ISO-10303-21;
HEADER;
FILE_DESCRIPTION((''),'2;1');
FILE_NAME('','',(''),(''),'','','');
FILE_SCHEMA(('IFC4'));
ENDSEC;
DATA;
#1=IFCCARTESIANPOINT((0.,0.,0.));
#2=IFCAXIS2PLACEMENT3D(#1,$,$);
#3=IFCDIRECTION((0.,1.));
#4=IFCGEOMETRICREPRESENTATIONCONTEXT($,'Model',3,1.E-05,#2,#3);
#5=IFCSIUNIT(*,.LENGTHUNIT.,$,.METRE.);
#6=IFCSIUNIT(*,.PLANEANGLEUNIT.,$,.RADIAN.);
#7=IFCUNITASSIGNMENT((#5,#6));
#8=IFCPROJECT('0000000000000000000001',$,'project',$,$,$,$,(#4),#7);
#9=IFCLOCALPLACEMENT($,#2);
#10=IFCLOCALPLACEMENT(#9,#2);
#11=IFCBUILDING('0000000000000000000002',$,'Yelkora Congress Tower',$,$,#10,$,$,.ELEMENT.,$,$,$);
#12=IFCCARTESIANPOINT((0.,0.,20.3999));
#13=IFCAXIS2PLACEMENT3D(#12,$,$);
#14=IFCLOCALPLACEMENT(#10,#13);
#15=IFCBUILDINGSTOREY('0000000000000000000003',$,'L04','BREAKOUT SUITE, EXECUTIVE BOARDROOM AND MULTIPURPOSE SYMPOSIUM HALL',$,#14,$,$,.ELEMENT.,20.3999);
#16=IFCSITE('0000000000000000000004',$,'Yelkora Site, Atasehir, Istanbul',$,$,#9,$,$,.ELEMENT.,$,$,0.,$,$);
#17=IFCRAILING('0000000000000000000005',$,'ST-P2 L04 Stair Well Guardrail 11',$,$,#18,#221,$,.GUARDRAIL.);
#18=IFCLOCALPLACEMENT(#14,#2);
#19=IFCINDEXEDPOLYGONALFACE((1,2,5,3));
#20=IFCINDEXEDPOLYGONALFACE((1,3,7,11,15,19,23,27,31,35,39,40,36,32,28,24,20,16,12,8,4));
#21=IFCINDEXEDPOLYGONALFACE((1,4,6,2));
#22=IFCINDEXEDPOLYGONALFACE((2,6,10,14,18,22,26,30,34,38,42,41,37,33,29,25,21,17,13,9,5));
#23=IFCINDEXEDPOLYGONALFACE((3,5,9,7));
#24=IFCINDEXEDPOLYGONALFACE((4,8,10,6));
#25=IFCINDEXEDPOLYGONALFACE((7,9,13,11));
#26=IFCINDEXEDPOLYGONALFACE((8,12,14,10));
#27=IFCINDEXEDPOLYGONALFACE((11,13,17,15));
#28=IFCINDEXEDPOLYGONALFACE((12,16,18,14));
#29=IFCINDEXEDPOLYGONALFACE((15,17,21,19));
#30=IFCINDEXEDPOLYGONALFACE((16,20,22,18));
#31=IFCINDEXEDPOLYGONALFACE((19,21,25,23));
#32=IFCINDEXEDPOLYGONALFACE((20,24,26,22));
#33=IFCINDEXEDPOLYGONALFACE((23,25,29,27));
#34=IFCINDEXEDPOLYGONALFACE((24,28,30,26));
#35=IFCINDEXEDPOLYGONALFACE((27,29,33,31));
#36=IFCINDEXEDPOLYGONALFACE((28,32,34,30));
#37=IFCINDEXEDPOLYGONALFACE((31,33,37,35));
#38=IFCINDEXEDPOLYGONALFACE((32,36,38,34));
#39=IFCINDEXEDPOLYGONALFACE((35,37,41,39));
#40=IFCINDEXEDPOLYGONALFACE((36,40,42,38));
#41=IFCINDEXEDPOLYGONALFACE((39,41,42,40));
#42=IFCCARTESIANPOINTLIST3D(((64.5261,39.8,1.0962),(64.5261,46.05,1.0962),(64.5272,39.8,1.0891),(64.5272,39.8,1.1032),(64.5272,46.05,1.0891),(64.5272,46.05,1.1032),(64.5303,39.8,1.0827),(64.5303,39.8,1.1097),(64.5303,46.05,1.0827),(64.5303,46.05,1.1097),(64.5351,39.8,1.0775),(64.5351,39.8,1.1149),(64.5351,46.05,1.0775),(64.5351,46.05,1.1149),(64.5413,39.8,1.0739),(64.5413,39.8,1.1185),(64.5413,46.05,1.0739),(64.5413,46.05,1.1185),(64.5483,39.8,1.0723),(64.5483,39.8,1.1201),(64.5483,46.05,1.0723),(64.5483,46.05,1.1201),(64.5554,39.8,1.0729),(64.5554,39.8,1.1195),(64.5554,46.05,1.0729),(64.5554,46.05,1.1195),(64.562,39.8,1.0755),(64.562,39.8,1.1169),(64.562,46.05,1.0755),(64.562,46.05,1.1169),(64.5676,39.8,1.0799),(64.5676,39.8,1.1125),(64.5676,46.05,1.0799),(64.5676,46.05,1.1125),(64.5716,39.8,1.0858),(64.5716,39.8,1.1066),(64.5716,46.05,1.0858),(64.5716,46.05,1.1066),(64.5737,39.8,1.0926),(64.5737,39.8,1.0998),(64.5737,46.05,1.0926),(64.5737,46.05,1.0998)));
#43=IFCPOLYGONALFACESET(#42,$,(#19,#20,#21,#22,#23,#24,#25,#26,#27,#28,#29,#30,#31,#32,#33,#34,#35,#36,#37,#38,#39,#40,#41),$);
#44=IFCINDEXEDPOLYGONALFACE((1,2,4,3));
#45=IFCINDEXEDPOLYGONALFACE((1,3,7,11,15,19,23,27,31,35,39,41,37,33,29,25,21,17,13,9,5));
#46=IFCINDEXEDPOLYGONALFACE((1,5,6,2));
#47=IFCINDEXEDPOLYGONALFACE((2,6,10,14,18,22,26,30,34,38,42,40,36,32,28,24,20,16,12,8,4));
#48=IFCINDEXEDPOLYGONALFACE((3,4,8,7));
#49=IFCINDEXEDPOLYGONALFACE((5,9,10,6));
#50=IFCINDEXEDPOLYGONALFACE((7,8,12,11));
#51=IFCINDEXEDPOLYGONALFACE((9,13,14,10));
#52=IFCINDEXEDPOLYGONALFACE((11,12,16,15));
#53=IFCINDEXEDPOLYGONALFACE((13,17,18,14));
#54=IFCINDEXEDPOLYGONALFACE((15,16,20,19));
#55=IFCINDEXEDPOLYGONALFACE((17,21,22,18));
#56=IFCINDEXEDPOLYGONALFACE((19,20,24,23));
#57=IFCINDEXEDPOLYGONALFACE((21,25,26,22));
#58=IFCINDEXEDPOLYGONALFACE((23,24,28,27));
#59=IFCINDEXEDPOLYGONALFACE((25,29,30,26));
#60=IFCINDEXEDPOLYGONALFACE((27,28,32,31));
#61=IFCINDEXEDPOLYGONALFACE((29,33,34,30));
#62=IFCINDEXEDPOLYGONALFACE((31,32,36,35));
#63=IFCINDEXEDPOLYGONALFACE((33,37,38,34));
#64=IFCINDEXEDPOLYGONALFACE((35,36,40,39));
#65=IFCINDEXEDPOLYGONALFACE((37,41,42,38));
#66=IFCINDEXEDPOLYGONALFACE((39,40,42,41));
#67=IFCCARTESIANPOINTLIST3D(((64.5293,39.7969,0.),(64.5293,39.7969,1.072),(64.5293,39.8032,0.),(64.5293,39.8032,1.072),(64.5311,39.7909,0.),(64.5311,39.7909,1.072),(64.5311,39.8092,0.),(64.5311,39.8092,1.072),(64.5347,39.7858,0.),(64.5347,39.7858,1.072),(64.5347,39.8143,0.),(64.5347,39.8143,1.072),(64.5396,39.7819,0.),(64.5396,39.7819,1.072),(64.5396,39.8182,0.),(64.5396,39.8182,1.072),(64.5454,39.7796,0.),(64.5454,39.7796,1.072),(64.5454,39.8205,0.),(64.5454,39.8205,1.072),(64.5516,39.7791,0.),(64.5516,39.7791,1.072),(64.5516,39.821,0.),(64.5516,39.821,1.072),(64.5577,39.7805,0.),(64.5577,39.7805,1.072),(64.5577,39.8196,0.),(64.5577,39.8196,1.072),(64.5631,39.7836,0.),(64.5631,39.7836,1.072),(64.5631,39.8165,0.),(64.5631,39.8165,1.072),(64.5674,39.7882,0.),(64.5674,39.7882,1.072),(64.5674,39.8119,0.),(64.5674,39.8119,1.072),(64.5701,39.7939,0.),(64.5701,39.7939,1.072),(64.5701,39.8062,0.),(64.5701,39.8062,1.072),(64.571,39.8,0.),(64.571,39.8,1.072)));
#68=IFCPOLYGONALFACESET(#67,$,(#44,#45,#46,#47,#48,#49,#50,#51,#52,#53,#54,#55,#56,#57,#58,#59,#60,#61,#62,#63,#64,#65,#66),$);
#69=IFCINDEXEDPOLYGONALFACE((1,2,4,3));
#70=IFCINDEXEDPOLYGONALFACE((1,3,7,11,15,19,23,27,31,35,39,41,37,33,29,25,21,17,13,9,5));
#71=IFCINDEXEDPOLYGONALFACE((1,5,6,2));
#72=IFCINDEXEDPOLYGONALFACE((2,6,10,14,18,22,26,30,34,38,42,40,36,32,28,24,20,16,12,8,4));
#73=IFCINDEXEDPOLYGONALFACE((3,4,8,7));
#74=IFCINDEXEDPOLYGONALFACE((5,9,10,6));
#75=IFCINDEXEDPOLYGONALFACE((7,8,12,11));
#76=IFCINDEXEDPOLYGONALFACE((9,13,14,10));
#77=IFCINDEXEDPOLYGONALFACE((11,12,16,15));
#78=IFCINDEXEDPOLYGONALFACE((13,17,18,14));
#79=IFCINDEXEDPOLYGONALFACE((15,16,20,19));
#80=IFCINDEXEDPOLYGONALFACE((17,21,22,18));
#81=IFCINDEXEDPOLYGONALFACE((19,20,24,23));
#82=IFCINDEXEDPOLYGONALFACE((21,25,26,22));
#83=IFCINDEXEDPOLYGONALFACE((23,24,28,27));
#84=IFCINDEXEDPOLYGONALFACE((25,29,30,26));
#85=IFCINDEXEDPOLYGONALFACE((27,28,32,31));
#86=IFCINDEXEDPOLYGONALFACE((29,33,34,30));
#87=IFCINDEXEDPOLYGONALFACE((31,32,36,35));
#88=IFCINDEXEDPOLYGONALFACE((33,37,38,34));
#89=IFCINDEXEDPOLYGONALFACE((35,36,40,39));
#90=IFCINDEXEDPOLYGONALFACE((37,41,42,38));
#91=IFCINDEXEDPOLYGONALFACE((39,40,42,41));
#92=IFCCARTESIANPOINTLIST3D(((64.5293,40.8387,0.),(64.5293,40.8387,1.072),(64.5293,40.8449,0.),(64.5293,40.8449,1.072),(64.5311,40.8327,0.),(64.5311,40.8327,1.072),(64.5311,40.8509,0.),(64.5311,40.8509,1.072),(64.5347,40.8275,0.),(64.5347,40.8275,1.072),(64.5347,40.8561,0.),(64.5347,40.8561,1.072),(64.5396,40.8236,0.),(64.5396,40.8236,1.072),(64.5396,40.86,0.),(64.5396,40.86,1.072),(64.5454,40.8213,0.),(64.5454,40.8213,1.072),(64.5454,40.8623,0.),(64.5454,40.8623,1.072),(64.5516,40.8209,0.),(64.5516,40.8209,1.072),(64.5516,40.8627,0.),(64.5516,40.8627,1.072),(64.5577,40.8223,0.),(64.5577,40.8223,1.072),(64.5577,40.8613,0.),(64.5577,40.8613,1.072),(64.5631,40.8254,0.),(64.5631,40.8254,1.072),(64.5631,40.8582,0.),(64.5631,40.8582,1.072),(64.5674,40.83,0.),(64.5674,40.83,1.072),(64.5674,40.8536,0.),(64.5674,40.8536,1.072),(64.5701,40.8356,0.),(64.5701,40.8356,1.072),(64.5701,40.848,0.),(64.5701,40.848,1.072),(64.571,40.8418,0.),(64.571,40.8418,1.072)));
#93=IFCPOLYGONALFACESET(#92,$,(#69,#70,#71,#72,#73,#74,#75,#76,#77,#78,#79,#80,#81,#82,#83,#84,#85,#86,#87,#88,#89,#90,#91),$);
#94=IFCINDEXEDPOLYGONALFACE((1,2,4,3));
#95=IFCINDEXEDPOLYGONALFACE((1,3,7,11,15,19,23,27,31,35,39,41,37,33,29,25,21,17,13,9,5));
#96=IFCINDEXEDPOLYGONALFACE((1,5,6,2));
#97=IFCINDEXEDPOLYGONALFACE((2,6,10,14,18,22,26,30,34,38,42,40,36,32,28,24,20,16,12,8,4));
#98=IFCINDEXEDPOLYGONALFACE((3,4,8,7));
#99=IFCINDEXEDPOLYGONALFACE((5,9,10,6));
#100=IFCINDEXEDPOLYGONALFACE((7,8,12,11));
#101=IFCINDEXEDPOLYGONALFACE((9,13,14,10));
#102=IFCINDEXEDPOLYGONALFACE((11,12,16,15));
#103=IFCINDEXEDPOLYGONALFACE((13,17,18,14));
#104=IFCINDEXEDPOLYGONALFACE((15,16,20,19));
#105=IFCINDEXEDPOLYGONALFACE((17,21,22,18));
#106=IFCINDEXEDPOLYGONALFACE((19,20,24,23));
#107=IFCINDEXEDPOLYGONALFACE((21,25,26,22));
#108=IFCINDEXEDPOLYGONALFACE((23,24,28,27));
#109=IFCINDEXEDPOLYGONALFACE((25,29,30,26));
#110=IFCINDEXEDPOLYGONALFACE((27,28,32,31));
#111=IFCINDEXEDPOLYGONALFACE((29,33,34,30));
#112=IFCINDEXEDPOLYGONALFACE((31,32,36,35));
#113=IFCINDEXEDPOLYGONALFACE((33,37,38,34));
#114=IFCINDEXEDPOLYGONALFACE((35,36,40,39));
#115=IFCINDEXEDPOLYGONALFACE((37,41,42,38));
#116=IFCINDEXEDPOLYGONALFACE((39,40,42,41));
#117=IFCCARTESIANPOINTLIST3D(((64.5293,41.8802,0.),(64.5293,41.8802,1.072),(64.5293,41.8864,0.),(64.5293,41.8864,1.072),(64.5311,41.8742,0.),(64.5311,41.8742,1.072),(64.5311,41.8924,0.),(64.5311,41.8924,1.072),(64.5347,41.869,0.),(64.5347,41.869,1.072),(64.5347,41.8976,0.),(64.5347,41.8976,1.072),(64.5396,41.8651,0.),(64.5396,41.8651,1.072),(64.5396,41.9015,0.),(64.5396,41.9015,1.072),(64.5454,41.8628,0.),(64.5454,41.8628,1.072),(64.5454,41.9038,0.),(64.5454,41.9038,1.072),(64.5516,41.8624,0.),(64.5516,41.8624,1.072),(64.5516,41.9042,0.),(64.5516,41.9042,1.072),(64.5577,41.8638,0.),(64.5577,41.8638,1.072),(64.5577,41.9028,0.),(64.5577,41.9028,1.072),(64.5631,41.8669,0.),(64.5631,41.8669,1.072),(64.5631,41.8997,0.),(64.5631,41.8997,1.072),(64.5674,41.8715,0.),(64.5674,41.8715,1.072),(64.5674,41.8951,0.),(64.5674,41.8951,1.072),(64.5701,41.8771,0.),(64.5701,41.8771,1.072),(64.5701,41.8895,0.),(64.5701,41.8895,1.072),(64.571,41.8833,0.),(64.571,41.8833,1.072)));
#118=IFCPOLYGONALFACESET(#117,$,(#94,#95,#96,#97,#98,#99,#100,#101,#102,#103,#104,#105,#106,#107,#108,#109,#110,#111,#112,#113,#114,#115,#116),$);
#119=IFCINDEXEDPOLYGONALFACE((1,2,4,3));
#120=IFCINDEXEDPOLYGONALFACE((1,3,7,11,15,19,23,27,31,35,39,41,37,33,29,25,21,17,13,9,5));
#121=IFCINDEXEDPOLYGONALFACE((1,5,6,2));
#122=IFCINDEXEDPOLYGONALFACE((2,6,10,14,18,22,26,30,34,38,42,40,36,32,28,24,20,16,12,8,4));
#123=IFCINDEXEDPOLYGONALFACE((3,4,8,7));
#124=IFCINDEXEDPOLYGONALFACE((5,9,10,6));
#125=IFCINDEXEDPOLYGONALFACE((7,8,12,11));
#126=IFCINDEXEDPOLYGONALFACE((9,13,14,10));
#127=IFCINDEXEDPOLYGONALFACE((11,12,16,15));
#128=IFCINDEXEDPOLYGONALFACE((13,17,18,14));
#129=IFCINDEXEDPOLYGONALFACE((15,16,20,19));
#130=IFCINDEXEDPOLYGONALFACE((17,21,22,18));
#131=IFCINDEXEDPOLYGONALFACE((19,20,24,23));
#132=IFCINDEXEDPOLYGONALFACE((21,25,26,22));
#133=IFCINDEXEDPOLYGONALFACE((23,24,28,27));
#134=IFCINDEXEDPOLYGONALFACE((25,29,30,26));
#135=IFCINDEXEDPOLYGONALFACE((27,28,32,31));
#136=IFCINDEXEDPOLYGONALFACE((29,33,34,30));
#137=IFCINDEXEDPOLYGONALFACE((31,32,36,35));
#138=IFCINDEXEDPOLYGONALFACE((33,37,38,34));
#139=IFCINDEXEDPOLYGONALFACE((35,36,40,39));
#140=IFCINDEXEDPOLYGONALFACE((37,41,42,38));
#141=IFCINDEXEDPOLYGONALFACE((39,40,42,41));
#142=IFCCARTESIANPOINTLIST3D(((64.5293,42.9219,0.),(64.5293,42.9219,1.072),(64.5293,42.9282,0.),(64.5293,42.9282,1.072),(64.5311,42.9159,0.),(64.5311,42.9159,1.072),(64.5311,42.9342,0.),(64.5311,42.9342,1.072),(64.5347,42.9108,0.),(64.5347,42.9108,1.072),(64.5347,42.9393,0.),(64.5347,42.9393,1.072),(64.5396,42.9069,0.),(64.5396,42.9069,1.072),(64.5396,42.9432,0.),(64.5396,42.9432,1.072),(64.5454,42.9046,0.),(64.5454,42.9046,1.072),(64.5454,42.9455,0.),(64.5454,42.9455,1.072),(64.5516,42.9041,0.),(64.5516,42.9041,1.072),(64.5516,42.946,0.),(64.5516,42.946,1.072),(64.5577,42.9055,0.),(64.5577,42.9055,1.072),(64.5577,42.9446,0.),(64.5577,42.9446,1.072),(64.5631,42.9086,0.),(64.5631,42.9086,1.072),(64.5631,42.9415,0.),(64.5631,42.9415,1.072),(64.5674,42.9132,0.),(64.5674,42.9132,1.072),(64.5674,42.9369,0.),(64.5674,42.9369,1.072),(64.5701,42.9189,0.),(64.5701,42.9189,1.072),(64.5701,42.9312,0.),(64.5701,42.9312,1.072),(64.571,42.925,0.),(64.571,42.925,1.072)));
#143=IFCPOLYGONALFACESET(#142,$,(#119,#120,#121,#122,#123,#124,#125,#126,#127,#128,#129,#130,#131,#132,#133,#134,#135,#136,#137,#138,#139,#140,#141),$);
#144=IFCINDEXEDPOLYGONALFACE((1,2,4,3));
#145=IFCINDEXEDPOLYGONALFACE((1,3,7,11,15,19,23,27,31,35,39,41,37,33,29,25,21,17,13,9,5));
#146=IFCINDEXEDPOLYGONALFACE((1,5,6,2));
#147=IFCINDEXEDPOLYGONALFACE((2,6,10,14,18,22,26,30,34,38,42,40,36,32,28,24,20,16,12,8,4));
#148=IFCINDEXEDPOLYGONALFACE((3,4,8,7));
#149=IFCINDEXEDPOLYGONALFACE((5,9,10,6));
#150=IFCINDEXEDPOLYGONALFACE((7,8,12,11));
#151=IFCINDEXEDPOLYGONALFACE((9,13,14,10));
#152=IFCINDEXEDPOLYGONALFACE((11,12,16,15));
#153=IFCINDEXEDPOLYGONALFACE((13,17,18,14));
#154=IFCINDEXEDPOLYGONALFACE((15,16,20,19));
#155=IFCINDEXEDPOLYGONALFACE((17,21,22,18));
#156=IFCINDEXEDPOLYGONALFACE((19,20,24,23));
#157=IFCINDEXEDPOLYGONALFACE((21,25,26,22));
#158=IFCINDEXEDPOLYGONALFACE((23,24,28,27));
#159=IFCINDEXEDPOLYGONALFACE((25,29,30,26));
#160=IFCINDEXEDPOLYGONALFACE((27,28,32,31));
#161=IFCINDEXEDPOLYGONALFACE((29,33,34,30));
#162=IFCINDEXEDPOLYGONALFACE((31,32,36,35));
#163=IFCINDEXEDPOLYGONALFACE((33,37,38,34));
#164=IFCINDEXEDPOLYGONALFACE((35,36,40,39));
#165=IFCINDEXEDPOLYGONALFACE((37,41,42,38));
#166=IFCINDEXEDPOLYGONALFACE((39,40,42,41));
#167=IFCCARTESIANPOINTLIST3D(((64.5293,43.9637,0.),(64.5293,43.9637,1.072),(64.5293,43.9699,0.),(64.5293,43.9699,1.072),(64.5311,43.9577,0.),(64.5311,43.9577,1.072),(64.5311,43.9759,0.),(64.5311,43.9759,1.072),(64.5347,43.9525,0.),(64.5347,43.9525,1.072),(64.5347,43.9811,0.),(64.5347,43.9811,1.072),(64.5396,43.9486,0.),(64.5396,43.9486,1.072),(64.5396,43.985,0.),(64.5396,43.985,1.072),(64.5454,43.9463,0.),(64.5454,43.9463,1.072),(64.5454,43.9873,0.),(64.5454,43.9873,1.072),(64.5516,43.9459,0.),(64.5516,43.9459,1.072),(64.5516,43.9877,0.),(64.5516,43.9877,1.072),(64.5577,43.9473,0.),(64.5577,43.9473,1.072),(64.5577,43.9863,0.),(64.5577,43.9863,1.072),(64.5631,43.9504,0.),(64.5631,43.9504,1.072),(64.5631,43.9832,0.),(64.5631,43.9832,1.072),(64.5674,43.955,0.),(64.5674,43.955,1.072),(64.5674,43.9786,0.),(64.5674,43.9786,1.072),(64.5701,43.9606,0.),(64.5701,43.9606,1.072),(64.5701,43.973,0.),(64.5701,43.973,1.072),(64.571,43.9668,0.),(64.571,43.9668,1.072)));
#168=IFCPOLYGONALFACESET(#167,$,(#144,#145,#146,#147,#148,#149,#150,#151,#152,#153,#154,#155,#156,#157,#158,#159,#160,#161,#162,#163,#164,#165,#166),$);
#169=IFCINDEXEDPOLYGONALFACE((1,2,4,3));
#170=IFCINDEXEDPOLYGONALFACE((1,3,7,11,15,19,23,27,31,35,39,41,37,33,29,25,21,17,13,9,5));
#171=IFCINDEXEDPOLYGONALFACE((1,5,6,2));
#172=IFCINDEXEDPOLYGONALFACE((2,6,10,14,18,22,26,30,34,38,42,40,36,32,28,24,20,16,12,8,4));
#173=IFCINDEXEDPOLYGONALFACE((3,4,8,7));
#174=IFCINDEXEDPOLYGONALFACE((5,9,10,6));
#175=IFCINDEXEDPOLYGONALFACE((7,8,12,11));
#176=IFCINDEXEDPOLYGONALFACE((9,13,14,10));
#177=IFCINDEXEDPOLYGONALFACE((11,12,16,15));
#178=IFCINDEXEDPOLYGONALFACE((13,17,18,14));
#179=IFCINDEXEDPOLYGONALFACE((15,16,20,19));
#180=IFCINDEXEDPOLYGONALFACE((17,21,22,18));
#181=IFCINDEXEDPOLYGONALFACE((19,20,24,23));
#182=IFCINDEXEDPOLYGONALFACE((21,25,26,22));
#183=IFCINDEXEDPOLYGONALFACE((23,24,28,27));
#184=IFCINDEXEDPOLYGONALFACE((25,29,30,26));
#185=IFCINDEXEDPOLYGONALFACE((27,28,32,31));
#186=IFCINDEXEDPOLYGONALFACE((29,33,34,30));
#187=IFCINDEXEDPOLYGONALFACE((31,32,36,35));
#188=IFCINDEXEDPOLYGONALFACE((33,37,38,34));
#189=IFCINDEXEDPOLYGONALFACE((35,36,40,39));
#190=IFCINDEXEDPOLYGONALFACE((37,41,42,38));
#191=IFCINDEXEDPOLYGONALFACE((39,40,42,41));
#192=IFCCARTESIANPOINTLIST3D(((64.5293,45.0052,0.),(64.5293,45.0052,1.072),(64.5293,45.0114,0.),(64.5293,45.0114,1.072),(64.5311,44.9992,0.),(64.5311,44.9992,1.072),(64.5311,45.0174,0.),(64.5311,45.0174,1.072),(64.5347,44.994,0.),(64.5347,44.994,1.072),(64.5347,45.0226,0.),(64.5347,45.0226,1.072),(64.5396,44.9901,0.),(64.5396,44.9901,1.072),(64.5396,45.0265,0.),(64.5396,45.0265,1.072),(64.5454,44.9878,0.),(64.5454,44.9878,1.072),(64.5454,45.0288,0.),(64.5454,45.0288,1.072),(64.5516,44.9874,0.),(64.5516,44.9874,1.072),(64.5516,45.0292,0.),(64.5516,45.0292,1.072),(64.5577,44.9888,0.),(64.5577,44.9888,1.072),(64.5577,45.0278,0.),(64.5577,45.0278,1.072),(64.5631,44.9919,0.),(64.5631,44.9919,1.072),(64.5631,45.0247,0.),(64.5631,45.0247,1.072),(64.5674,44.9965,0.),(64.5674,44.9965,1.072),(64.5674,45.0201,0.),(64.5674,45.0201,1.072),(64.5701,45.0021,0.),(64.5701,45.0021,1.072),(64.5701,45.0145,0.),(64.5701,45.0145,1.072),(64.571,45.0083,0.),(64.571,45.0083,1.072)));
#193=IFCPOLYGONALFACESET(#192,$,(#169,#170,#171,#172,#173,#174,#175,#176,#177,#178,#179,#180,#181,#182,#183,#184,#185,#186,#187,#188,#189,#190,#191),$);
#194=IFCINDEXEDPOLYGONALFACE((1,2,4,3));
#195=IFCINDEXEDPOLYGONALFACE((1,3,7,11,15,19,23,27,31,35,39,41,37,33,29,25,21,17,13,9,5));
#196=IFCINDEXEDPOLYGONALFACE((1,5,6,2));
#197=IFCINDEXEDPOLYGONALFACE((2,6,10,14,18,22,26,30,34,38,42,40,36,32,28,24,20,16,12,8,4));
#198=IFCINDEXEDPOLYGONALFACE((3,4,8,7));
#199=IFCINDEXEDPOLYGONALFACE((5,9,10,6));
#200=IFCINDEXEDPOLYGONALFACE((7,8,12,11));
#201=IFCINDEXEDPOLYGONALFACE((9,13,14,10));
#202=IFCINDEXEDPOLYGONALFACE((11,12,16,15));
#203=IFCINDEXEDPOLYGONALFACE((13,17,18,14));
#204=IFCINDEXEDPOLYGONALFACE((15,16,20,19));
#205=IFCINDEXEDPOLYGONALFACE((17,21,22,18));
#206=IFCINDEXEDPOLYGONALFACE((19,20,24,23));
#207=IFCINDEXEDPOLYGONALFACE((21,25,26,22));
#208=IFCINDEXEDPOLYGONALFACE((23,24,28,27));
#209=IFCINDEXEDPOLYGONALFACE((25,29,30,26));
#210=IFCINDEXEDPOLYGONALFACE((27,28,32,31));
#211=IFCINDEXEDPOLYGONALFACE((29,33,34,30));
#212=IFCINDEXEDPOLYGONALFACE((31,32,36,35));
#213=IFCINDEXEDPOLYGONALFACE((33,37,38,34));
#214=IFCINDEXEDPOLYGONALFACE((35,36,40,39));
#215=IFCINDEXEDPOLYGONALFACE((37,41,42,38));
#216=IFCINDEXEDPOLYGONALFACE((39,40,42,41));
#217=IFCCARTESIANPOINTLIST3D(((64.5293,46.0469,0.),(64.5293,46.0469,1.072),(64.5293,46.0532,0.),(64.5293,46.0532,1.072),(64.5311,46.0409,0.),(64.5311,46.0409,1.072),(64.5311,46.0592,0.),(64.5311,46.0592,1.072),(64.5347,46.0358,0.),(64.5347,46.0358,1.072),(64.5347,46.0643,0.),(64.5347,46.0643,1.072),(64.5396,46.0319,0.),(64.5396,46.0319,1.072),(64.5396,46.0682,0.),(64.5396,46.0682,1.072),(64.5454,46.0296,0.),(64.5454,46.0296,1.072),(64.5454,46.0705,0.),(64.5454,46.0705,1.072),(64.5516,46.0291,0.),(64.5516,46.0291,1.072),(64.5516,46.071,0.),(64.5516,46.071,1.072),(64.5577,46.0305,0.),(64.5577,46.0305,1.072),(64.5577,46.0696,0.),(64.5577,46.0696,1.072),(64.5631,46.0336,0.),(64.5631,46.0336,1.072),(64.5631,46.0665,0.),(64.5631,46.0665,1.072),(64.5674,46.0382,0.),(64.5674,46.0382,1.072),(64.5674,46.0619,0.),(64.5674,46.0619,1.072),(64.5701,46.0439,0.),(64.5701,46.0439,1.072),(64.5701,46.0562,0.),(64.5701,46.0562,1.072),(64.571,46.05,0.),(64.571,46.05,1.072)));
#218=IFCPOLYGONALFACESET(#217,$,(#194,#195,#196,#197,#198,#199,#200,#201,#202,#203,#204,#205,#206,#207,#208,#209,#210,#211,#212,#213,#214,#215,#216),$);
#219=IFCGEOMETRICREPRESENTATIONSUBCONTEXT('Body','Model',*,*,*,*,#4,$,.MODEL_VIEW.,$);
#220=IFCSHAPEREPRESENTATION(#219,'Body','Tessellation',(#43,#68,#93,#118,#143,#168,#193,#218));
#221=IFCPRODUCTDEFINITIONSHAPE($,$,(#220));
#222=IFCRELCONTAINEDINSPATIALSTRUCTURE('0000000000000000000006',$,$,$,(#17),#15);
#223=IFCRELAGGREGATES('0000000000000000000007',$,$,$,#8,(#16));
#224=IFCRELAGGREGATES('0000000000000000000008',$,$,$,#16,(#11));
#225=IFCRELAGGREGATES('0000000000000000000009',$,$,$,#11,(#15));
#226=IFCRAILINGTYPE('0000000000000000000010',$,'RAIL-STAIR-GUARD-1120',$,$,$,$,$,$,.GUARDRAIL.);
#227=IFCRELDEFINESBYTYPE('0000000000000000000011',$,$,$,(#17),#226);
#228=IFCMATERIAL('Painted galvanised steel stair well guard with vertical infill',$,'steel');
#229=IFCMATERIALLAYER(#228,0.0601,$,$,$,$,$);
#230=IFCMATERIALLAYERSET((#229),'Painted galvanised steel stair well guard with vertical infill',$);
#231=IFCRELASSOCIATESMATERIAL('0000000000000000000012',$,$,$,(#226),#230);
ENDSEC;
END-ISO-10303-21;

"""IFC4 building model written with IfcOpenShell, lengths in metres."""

from ifc_helpers import new_model, si_unit, direction, frame, origin, origin_2d, place, context, subcontext, project, spatial, circle, extrude, material, layer, layer_set, type_object, element, save


model = new_model("IFC4")

# Units and contexts
model_context = context("Model", 3, precision=1e-05, world=origin(), true_north=direction((0.0, 1.0)))
body_context = subcontext(model_context, "Body", "Model", "MODEL_VIEW")
ifc_project = project(units=[si_unit("LENGTHUNIT", "METRE"), si_unit("PLANEANGLEUNIT", "RADIAN")], contexts=[model_context])

# Site, building, storey
site_placement = place(None, origin())
site = spatial("IfcSite", under=ifc_project, at=site_placement, Name="Yelkora Site, Atasehir, Istanbul", CompositionType="ELEMENT", RefElevation=0.0)
building_placement = place(site_placement, origin())
building = spatial("IfcBuilding", under=site, at=building_placement, Name="Yelkora Congress Tower", CompositionType="ELEMENT")
storey_placement = place(building_placement, frame((0.0, 0.0, 20.3999)))
storey = spatial("IfcBuildingStorey", under=building, at=storey_placement, Name="L04", Description="BREAKOUT SUITE, EXECUTIVE BOARDROOM AND MULTIPURPOSE SYMPOSIUM HALL", CompositionType="ELEMENT", Elevation=20.3999)

# Railing
ifc_material_1 = material(Name="Painted galvanised steel stair well guard with vertical infill", Category="steel")
ifc_layer_1 = layer(ifc_material_1, 0.0601)
ifc_layer_set_1 = layer_set([ifc_layer_1], Name="Painted galvanised steel stair well guard with vertical infill")
railing_type_1 = type_object("IfcRailingType", Name="RAIL-STAIR-GUARD-1120", PredefinedType="GUARDRAIL", material=ifc_layer_set_1)
railing_1_placement = place(storey_placement, frame((64.55, 39.8, 0.0)))
element("IfcRailing", 1, at=railing_1_placement, inside=storey, type_object=railing_type_1, Name="ST-P2 L04 Stair Well Guardrail 11", PredefinedType="GUARDRAIL", context=body_context, shape_type="SweptSolid", body=[
    extrude(circle(Radius=0.0239, at=origin_2d()), frame((0.0, 0.0, 1.0962), z_axis=(0.0, 1.0, 0.0), x_axis=(-1.0, 0.0, 0.0)), (0.0, 0.0, 1.0), 6.25),
    extrude(circle(Radius=0.021, at=origin_2d()), origin(), (0.0, 0.0, 1.0), 1.072),
    extrude(circle(Radius=0.021, at=origin_2d()), frame((0.0, 1.0417, 0.0)), (0.0, 0.0, 1.0), 1.072),
    extrude(circle(Radius=0.021, at=origin_2d()), frame((0.0, 2.0833, 0.0)), (0.0, 0.0, 1.0), 1.072),
    extrude(circle(Radius=0.021, at=origin_2d()), frame((0.0, 3.125, 0.0)), (0.0, 0.0, 1.0), 1.072),
    extrude(circle(Radius=0.021, at=origin_2d()), frame((0.0, 4.1667, 0.0)), (0.0, 0.0, 1.0), 1.072),
    extrude(circle(Radius=0.021, at=origin_2d()), frame((0.0, 5.2083, 0.0)), (0.0, 0.0, 1.0), 1.072),
    extrude(circle(Radius=0.021, at=origin_2d()), frame((0.0, 6.25, 0.0)), (0.0, 0.0, 1.0), 1.072),
])

save(model, "model.ifc")
